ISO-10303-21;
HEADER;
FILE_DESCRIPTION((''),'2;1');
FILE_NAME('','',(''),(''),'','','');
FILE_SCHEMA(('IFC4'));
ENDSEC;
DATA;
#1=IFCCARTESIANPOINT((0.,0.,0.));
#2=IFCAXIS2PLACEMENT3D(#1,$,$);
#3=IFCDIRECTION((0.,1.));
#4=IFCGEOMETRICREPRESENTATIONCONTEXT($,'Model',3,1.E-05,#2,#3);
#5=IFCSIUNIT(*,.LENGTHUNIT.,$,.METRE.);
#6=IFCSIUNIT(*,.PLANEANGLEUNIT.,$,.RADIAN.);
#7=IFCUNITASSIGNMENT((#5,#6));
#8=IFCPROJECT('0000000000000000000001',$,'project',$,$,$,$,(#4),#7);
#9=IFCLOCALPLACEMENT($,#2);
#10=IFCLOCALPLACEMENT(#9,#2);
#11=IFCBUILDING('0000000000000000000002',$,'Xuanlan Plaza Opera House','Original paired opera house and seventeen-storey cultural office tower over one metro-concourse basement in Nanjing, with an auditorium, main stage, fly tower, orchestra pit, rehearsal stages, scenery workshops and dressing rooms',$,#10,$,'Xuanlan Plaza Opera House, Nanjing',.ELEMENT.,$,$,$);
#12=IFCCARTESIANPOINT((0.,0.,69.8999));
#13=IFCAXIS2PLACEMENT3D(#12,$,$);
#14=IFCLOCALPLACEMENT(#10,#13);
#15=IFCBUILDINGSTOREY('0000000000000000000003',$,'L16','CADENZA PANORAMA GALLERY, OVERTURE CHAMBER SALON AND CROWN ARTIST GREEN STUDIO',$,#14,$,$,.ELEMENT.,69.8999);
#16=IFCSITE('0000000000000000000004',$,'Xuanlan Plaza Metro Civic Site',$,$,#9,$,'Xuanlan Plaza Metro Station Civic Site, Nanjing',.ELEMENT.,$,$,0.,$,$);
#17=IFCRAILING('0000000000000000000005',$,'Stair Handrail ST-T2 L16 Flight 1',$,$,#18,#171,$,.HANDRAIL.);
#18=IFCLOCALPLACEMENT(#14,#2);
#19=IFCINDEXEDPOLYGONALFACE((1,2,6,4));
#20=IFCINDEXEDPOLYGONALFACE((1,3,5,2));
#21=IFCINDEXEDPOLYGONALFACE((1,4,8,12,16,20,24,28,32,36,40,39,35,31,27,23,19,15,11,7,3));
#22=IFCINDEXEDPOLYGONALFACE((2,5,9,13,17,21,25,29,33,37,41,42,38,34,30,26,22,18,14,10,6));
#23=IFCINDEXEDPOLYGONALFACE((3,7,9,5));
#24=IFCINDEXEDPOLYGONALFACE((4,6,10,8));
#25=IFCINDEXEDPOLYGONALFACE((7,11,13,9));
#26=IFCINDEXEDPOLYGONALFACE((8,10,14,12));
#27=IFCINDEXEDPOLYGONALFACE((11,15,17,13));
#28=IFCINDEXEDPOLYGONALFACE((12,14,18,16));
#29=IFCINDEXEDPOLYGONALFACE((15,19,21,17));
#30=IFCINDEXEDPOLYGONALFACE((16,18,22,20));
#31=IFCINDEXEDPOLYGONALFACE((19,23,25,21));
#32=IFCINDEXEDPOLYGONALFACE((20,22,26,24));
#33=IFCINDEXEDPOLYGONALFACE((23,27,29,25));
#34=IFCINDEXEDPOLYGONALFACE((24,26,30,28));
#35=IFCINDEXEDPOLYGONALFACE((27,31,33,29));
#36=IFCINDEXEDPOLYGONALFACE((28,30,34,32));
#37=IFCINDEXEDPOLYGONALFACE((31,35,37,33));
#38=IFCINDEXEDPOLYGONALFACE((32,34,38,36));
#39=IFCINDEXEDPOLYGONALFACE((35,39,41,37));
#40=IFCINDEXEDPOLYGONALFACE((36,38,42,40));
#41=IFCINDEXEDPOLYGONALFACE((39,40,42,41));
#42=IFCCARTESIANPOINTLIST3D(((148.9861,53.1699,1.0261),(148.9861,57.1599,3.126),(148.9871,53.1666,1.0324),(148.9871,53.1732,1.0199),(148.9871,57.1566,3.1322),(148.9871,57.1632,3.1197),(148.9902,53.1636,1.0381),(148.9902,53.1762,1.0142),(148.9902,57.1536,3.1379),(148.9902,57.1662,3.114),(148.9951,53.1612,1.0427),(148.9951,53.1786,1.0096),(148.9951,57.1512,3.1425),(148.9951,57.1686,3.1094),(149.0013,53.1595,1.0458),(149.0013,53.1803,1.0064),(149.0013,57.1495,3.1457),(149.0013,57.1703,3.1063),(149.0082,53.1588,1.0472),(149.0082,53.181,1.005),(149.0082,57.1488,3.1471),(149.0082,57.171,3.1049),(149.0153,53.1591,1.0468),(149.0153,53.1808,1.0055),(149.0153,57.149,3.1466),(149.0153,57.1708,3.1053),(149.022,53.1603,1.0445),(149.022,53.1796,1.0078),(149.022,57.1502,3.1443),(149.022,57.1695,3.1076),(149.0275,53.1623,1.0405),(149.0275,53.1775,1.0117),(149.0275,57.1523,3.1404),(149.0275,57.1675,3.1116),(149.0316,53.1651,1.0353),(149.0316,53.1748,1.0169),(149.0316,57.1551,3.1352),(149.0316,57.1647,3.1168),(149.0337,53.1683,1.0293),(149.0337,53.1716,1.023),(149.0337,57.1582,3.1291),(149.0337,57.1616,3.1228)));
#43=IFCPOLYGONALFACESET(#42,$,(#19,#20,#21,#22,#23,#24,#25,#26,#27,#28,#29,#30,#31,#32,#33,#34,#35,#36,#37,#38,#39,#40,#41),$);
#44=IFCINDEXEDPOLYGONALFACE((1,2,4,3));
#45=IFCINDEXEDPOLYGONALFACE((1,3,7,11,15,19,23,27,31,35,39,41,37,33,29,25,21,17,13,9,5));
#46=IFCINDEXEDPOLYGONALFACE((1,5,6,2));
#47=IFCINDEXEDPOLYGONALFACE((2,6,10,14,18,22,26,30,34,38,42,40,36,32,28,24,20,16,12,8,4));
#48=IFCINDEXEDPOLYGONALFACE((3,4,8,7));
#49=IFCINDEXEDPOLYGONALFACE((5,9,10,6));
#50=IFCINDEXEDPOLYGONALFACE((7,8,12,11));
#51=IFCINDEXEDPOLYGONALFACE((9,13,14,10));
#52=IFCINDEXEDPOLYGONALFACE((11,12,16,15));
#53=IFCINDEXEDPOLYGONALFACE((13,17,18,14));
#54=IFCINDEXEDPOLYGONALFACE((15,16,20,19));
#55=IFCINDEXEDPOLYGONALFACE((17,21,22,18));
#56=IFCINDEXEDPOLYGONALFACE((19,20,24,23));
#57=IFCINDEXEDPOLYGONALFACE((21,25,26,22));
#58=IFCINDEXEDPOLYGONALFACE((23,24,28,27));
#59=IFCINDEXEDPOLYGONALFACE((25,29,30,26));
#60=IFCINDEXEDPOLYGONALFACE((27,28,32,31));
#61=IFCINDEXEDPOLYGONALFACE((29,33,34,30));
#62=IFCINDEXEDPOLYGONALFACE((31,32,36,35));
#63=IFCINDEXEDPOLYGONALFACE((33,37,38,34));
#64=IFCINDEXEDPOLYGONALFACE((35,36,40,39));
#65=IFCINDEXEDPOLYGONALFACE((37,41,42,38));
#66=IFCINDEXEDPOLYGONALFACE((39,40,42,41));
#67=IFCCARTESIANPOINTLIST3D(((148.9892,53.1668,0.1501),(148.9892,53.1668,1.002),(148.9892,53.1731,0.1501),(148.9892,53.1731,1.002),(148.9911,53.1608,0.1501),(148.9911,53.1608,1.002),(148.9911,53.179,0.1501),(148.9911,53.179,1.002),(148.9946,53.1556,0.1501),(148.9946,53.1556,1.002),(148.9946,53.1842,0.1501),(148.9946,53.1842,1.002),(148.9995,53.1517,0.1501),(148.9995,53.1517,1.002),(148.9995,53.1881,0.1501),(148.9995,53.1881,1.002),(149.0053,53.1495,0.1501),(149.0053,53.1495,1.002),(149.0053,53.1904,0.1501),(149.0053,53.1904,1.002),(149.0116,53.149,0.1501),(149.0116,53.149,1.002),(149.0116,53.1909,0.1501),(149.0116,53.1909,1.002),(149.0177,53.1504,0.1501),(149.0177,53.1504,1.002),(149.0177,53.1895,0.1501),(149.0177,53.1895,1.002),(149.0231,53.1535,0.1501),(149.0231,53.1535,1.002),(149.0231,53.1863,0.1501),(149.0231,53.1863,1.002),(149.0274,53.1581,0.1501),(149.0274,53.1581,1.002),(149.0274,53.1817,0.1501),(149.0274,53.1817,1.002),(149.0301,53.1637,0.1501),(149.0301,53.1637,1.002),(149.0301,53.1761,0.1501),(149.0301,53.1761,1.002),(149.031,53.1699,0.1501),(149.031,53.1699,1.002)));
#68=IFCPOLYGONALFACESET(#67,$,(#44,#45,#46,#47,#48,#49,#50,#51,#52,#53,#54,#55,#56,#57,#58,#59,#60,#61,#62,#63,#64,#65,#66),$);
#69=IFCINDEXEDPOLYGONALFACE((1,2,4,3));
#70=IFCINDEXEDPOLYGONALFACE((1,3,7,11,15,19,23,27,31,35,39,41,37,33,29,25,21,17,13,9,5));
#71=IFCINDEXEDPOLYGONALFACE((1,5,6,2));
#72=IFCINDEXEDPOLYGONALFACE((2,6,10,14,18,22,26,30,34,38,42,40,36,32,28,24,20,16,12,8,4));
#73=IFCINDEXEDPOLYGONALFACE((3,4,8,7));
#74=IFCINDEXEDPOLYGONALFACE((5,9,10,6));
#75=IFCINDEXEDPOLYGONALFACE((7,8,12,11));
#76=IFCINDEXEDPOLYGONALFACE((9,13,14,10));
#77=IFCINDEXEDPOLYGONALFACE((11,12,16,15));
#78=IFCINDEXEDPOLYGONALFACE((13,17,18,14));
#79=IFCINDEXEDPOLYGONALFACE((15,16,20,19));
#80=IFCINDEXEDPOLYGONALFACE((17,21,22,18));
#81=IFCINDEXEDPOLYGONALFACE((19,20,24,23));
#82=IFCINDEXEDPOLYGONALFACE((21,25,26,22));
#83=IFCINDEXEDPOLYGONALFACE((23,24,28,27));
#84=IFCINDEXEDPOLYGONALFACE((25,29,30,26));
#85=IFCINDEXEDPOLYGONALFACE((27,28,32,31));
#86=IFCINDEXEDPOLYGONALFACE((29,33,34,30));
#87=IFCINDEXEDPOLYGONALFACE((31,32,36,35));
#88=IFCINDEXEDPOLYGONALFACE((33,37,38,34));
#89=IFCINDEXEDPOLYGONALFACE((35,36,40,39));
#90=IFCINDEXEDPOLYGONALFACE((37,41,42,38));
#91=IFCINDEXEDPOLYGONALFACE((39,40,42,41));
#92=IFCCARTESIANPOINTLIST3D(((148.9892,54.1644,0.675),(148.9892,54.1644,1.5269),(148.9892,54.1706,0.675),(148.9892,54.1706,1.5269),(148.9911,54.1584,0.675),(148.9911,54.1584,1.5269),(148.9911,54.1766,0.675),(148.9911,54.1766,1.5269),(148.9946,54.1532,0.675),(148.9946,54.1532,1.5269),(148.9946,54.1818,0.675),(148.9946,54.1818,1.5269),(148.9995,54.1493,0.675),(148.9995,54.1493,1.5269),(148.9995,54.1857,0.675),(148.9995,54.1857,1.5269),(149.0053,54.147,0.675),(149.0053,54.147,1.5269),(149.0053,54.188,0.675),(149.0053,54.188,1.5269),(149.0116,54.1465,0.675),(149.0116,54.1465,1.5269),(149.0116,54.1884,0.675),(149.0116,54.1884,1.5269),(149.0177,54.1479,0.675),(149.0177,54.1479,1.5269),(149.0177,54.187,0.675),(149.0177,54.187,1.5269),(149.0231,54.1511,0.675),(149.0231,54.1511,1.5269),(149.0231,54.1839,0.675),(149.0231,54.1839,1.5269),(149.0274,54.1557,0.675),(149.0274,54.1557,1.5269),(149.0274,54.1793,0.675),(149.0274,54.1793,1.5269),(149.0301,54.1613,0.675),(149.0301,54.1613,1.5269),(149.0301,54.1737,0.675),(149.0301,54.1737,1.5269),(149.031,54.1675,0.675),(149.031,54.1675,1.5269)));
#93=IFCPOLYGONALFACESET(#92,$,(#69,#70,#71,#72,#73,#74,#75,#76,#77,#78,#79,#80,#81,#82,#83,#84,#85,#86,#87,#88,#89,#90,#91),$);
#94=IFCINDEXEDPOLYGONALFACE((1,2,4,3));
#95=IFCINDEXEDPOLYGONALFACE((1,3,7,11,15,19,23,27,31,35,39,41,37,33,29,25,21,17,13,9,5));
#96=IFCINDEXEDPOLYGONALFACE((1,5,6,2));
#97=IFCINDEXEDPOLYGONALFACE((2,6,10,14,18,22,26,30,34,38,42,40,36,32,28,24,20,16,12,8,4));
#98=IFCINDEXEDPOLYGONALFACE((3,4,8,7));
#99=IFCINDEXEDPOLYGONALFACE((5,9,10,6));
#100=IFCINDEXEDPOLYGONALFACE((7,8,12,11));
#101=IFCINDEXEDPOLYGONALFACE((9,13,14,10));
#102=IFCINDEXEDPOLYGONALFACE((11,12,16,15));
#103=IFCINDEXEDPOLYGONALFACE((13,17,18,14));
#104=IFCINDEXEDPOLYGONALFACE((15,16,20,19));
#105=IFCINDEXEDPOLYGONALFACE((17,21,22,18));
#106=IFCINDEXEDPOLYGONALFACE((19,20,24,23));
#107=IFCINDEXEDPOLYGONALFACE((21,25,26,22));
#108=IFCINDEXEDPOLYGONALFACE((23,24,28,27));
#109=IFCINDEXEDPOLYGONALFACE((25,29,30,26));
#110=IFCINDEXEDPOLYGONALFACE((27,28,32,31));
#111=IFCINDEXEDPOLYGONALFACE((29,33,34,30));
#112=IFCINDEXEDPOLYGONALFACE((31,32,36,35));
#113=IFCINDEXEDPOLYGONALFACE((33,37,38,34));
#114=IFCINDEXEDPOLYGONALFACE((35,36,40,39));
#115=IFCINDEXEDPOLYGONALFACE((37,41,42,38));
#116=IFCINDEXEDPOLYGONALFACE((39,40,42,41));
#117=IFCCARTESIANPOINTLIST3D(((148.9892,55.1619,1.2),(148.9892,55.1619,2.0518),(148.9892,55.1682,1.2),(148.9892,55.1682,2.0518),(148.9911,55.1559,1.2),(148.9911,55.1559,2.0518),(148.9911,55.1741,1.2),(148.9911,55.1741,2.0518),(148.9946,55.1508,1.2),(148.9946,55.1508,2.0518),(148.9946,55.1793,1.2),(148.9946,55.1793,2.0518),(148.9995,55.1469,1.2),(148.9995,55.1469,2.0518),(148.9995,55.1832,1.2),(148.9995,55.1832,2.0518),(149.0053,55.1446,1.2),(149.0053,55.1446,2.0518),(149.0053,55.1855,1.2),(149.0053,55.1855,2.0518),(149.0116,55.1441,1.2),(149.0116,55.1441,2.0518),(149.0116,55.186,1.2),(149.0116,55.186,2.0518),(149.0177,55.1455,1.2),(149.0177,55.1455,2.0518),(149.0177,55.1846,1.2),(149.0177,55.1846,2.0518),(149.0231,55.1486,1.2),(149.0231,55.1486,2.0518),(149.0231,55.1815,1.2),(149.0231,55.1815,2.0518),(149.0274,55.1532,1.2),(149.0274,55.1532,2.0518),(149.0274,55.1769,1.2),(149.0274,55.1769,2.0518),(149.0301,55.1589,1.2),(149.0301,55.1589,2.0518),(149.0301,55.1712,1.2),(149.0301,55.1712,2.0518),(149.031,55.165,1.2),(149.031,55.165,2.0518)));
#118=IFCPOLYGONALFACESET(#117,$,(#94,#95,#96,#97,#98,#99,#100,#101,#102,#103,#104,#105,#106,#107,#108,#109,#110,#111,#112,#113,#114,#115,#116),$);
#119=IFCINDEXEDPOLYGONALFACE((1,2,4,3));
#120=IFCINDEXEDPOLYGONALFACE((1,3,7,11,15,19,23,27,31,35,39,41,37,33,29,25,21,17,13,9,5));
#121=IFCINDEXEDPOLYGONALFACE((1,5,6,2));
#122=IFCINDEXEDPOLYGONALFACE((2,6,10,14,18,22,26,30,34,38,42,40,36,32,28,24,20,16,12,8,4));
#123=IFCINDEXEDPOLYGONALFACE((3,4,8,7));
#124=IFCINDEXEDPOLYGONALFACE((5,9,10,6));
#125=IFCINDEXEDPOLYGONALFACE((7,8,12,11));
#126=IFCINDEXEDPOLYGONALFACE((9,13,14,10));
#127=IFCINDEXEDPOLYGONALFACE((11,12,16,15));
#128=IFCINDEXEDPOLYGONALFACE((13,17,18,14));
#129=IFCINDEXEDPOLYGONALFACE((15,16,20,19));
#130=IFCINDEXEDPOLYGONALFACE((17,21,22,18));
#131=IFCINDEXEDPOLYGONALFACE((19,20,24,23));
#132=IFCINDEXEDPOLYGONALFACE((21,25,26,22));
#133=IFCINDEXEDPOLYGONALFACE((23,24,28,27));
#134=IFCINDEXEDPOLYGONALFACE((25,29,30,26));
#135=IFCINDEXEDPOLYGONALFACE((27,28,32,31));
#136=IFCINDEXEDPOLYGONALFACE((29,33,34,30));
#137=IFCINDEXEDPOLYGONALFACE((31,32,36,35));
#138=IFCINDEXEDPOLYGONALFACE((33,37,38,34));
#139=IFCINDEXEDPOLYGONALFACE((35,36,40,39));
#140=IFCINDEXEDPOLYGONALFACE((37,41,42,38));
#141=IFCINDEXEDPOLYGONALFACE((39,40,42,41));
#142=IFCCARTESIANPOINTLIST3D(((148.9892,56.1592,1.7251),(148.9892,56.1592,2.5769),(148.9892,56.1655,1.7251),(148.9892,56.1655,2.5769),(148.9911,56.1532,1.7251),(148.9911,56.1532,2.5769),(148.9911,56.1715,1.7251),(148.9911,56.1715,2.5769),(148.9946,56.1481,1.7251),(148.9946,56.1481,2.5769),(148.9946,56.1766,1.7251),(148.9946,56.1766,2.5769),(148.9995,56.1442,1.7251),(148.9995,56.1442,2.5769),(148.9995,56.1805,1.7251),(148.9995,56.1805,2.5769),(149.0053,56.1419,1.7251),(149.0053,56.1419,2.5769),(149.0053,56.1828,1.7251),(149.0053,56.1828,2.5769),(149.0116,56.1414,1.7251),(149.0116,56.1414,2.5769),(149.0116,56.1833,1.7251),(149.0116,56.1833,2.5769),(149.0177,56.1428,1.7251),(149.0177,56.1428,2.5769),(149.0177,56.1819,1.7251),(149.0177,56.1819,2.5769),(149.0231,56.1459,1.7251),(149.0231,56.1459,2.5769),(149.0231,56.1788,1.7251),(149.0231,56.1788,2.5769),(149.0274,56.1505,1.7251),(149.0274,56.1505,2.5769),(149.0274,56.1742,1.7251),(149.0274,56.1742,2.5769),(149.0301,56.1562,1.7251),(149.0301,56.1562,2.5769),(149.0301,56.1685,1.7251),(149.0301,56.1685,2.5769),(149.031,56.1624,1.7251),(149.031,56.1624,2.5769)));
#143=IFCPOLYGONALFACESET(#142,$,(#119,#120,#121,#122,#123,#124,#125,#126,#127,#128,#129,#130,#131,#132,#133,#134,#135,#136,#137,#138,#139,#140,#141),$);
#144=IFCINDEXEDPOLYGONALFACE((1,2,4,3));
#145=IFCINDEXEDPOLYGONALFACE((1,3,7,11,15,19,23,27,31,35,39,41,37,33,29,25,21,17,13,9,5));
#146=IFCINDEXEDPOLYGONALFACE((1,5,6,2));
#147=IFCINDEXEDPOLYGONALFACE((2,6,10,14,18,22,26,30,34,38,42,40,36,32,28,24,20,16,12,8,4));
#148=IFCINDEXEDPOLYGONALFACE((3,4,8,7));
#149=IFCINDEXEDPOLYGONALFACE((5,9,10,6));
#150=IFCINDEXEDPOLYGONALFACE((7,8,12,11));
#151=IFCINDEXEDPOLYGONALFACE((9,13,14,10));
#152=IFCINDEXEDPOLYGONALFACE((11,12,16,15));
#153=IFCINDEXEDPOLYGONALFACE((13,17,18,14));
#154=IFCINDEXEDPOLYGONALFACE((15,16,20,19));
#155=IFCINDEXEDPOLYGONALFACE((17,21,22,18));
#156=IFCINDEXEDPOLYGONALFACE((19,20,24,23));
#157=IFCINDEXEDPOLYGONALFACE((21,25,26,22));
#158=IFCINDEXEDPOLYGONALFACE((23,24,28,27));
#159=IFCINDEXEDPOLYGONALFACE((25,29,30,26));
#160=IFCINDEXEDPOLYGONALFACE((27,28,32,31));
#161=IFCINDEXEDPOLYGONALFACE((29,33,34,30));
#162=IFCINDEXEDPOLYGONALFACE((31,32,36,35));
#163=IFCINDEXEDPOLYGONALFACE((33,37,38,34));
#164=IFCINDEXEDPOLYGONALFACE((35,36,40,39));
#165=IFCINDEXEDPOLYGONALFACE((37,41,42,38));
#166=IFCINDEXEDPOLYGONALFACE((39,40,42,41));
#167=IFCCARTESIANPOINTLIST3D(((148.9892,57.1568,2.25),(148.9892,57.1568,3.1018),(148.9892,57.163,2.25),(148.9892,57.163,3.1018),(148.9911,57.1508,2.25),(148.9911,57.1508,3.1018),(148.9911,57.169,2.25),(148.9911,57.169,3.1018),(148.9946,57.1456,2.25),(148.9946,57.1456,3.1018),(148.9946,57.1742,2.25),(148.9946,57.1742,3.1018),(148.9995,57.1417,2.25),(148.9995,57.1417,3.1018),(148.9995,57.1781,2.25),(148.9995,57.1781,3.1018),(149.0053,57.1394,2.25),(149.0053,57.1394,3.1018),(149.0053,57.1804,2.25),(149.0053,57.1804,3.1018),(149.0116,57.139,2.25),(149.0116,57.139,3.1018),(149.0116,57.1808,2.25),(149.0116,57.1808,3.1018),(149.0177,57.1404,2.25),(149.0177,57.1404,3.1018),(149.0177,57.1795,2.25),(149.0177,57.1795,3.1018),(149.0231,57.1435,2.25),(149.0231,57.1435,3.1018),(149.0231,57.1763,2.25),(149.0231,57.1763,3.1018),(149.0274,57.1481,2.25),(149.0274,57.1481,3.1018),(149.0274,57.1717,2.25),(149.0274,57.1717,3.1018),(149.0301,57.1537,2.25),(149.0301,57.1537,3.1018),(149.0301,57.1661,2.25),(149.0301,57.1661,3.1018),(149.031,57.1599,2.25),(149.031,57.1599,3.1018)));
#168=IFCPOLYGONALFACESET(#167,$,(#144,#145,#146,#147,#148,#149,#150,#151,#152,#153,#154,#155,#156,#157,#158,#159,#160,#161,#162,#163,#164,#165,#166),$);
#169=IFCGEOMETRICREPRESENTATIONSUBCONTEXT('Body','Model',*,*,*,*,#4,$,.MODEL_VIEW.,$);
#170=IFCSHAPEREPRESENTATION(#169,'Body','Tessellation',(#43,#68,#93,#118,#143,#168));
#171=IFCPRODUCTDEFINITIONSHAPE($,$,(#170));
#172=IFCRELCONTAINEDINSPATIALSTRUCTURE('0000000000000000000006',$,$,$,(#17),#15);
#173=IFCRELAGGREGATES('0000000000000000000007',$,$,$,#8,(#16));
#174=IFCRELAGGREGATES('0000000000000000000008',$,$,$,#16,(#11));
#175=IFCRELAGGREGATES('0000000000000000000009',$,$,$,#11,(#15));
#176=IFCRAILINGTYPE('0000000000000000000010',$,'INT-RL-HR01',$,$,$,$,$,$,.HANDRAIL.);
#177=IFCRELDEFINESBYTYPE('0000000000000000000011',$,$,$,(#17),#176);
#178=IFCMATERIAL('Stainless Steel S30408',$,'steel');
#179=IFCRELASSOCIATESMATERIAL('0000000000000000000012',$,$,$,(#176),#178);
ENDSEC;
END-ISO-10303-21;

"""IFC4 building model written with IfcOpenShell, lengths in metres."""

from ifc_helpers import new_model, si_unit, direction, frame, origin, origin_2d, place, context, subcontext, project, spatial, circle, extrude, material, type_object, element, save


model = new_model("IFC4")

# Units and contexts
model_context = context("Model", 3, precision=1e-05, world=origin(), true_north=direction((0.0, 1.0)))
body_context = subcontext(model_context, "Body", "Model", "MODEL_VIEW")
ifc_project = project(units=[si_unit("LENGTHUNIT", "METRE"), si_unit("PLANEANGLEUNIT", "RADIAN")], contexts=[model_context])

# Site, building, storey
site_placement = place(None, origin())
site = spatial("IfcSite", under=ifc_project, at=site_placement, Name="Xuanlan Plaza Metro Civic Site", LongName="Xuanlan Plaza Metro Station Civic Site, Nanjing", CompositionType="ELEMENT", RefElevation=0.0)
building_placement = place(site_placement, origin())
building = spatial("IfcBuilding", under=site, at=building_placement, Name="Xuanlan Plaza Opera House", Description="Original paired opera house and seventeen-storey cultural office tower over one metro-concourse basement in Nanjing, with an auditorium, main stage, fly tower, orchestra pit, rehearsal stages, scenery workshops and dressing rooms", LongName="Xuanlan Plaza Opera House, Nanjing", CompositionType="ELEMENT")
storey_placement = place(building_placement, frame((0.0, 0.0, 69.8999)))
storey = spatial("IfcBuildingStorey", under=building, at=storey_placement, Name="L16", Description="CADENZA PANORAMA GALLERY, OVERTURE CHAMBER SALON AND CROWN ARTIST GREEN STUDIO", CompositionType="ELEMENT", Elevation=69.8999)

# Shared definitions
ifc_material_1 = material(Name="Stainless Steel S30408", Category="steel")

# Railing
railing_type = type_object("IfcRailingType", Name="INT-RL-HR01", PredefinedType="HANDRAIL", material=ifc_material_1)
railing_placement = place(storey_placement, frame((149.01, 53.1699, 0.1501)))
element("IfcRailing", 1, at=railing_placement, inside=storey, type_object=railing_type, Name="Stair Handrail ST-T2 L16 Flight 1", PredefinedType="HANDRAIL", context=body_context, shape_type="SweptSolid", body=[
    extrude(circle(Radius=0.0239, at=origin_2d()), frame((0.0, 0.0, 0.876), z_axis=(0.0, 0.884931, 0.465722), x_axis=(-1.0, 0.0, 0.0)), (0.0, 0.0, 1.0), 4.5088),
    extrude(circle(Radius=0.021, at=origin_2d()), origin(), (0.0, 0.0, 1.0), 0.8518),
    extrude(circle(Radius=0.021, at=origin_2d()), frame((0.0, 0.9976, 0.5249)), (0.0, 0.0, 1.0), 0.8518),
    extrude(circle(Radius=0.021, at=origin_2d()), frame((0.0, 1.9951, 1.0498)), (0.0, 0.0, 1.0), 0.8518),
    extrude(circle(Radius=0.021, at=origin_2d()), frame((0.0, 2.9924, 1.575)), (0.0, 0.0, 1.0), 0.8518),
    extrude(circle(Radius=0.021, at=origin_2d()), frame((0.0, 3.99, 2.0999)), (0.0, 0.0, 1.0), 0.8518),
])

save(model, "model.ifc")
